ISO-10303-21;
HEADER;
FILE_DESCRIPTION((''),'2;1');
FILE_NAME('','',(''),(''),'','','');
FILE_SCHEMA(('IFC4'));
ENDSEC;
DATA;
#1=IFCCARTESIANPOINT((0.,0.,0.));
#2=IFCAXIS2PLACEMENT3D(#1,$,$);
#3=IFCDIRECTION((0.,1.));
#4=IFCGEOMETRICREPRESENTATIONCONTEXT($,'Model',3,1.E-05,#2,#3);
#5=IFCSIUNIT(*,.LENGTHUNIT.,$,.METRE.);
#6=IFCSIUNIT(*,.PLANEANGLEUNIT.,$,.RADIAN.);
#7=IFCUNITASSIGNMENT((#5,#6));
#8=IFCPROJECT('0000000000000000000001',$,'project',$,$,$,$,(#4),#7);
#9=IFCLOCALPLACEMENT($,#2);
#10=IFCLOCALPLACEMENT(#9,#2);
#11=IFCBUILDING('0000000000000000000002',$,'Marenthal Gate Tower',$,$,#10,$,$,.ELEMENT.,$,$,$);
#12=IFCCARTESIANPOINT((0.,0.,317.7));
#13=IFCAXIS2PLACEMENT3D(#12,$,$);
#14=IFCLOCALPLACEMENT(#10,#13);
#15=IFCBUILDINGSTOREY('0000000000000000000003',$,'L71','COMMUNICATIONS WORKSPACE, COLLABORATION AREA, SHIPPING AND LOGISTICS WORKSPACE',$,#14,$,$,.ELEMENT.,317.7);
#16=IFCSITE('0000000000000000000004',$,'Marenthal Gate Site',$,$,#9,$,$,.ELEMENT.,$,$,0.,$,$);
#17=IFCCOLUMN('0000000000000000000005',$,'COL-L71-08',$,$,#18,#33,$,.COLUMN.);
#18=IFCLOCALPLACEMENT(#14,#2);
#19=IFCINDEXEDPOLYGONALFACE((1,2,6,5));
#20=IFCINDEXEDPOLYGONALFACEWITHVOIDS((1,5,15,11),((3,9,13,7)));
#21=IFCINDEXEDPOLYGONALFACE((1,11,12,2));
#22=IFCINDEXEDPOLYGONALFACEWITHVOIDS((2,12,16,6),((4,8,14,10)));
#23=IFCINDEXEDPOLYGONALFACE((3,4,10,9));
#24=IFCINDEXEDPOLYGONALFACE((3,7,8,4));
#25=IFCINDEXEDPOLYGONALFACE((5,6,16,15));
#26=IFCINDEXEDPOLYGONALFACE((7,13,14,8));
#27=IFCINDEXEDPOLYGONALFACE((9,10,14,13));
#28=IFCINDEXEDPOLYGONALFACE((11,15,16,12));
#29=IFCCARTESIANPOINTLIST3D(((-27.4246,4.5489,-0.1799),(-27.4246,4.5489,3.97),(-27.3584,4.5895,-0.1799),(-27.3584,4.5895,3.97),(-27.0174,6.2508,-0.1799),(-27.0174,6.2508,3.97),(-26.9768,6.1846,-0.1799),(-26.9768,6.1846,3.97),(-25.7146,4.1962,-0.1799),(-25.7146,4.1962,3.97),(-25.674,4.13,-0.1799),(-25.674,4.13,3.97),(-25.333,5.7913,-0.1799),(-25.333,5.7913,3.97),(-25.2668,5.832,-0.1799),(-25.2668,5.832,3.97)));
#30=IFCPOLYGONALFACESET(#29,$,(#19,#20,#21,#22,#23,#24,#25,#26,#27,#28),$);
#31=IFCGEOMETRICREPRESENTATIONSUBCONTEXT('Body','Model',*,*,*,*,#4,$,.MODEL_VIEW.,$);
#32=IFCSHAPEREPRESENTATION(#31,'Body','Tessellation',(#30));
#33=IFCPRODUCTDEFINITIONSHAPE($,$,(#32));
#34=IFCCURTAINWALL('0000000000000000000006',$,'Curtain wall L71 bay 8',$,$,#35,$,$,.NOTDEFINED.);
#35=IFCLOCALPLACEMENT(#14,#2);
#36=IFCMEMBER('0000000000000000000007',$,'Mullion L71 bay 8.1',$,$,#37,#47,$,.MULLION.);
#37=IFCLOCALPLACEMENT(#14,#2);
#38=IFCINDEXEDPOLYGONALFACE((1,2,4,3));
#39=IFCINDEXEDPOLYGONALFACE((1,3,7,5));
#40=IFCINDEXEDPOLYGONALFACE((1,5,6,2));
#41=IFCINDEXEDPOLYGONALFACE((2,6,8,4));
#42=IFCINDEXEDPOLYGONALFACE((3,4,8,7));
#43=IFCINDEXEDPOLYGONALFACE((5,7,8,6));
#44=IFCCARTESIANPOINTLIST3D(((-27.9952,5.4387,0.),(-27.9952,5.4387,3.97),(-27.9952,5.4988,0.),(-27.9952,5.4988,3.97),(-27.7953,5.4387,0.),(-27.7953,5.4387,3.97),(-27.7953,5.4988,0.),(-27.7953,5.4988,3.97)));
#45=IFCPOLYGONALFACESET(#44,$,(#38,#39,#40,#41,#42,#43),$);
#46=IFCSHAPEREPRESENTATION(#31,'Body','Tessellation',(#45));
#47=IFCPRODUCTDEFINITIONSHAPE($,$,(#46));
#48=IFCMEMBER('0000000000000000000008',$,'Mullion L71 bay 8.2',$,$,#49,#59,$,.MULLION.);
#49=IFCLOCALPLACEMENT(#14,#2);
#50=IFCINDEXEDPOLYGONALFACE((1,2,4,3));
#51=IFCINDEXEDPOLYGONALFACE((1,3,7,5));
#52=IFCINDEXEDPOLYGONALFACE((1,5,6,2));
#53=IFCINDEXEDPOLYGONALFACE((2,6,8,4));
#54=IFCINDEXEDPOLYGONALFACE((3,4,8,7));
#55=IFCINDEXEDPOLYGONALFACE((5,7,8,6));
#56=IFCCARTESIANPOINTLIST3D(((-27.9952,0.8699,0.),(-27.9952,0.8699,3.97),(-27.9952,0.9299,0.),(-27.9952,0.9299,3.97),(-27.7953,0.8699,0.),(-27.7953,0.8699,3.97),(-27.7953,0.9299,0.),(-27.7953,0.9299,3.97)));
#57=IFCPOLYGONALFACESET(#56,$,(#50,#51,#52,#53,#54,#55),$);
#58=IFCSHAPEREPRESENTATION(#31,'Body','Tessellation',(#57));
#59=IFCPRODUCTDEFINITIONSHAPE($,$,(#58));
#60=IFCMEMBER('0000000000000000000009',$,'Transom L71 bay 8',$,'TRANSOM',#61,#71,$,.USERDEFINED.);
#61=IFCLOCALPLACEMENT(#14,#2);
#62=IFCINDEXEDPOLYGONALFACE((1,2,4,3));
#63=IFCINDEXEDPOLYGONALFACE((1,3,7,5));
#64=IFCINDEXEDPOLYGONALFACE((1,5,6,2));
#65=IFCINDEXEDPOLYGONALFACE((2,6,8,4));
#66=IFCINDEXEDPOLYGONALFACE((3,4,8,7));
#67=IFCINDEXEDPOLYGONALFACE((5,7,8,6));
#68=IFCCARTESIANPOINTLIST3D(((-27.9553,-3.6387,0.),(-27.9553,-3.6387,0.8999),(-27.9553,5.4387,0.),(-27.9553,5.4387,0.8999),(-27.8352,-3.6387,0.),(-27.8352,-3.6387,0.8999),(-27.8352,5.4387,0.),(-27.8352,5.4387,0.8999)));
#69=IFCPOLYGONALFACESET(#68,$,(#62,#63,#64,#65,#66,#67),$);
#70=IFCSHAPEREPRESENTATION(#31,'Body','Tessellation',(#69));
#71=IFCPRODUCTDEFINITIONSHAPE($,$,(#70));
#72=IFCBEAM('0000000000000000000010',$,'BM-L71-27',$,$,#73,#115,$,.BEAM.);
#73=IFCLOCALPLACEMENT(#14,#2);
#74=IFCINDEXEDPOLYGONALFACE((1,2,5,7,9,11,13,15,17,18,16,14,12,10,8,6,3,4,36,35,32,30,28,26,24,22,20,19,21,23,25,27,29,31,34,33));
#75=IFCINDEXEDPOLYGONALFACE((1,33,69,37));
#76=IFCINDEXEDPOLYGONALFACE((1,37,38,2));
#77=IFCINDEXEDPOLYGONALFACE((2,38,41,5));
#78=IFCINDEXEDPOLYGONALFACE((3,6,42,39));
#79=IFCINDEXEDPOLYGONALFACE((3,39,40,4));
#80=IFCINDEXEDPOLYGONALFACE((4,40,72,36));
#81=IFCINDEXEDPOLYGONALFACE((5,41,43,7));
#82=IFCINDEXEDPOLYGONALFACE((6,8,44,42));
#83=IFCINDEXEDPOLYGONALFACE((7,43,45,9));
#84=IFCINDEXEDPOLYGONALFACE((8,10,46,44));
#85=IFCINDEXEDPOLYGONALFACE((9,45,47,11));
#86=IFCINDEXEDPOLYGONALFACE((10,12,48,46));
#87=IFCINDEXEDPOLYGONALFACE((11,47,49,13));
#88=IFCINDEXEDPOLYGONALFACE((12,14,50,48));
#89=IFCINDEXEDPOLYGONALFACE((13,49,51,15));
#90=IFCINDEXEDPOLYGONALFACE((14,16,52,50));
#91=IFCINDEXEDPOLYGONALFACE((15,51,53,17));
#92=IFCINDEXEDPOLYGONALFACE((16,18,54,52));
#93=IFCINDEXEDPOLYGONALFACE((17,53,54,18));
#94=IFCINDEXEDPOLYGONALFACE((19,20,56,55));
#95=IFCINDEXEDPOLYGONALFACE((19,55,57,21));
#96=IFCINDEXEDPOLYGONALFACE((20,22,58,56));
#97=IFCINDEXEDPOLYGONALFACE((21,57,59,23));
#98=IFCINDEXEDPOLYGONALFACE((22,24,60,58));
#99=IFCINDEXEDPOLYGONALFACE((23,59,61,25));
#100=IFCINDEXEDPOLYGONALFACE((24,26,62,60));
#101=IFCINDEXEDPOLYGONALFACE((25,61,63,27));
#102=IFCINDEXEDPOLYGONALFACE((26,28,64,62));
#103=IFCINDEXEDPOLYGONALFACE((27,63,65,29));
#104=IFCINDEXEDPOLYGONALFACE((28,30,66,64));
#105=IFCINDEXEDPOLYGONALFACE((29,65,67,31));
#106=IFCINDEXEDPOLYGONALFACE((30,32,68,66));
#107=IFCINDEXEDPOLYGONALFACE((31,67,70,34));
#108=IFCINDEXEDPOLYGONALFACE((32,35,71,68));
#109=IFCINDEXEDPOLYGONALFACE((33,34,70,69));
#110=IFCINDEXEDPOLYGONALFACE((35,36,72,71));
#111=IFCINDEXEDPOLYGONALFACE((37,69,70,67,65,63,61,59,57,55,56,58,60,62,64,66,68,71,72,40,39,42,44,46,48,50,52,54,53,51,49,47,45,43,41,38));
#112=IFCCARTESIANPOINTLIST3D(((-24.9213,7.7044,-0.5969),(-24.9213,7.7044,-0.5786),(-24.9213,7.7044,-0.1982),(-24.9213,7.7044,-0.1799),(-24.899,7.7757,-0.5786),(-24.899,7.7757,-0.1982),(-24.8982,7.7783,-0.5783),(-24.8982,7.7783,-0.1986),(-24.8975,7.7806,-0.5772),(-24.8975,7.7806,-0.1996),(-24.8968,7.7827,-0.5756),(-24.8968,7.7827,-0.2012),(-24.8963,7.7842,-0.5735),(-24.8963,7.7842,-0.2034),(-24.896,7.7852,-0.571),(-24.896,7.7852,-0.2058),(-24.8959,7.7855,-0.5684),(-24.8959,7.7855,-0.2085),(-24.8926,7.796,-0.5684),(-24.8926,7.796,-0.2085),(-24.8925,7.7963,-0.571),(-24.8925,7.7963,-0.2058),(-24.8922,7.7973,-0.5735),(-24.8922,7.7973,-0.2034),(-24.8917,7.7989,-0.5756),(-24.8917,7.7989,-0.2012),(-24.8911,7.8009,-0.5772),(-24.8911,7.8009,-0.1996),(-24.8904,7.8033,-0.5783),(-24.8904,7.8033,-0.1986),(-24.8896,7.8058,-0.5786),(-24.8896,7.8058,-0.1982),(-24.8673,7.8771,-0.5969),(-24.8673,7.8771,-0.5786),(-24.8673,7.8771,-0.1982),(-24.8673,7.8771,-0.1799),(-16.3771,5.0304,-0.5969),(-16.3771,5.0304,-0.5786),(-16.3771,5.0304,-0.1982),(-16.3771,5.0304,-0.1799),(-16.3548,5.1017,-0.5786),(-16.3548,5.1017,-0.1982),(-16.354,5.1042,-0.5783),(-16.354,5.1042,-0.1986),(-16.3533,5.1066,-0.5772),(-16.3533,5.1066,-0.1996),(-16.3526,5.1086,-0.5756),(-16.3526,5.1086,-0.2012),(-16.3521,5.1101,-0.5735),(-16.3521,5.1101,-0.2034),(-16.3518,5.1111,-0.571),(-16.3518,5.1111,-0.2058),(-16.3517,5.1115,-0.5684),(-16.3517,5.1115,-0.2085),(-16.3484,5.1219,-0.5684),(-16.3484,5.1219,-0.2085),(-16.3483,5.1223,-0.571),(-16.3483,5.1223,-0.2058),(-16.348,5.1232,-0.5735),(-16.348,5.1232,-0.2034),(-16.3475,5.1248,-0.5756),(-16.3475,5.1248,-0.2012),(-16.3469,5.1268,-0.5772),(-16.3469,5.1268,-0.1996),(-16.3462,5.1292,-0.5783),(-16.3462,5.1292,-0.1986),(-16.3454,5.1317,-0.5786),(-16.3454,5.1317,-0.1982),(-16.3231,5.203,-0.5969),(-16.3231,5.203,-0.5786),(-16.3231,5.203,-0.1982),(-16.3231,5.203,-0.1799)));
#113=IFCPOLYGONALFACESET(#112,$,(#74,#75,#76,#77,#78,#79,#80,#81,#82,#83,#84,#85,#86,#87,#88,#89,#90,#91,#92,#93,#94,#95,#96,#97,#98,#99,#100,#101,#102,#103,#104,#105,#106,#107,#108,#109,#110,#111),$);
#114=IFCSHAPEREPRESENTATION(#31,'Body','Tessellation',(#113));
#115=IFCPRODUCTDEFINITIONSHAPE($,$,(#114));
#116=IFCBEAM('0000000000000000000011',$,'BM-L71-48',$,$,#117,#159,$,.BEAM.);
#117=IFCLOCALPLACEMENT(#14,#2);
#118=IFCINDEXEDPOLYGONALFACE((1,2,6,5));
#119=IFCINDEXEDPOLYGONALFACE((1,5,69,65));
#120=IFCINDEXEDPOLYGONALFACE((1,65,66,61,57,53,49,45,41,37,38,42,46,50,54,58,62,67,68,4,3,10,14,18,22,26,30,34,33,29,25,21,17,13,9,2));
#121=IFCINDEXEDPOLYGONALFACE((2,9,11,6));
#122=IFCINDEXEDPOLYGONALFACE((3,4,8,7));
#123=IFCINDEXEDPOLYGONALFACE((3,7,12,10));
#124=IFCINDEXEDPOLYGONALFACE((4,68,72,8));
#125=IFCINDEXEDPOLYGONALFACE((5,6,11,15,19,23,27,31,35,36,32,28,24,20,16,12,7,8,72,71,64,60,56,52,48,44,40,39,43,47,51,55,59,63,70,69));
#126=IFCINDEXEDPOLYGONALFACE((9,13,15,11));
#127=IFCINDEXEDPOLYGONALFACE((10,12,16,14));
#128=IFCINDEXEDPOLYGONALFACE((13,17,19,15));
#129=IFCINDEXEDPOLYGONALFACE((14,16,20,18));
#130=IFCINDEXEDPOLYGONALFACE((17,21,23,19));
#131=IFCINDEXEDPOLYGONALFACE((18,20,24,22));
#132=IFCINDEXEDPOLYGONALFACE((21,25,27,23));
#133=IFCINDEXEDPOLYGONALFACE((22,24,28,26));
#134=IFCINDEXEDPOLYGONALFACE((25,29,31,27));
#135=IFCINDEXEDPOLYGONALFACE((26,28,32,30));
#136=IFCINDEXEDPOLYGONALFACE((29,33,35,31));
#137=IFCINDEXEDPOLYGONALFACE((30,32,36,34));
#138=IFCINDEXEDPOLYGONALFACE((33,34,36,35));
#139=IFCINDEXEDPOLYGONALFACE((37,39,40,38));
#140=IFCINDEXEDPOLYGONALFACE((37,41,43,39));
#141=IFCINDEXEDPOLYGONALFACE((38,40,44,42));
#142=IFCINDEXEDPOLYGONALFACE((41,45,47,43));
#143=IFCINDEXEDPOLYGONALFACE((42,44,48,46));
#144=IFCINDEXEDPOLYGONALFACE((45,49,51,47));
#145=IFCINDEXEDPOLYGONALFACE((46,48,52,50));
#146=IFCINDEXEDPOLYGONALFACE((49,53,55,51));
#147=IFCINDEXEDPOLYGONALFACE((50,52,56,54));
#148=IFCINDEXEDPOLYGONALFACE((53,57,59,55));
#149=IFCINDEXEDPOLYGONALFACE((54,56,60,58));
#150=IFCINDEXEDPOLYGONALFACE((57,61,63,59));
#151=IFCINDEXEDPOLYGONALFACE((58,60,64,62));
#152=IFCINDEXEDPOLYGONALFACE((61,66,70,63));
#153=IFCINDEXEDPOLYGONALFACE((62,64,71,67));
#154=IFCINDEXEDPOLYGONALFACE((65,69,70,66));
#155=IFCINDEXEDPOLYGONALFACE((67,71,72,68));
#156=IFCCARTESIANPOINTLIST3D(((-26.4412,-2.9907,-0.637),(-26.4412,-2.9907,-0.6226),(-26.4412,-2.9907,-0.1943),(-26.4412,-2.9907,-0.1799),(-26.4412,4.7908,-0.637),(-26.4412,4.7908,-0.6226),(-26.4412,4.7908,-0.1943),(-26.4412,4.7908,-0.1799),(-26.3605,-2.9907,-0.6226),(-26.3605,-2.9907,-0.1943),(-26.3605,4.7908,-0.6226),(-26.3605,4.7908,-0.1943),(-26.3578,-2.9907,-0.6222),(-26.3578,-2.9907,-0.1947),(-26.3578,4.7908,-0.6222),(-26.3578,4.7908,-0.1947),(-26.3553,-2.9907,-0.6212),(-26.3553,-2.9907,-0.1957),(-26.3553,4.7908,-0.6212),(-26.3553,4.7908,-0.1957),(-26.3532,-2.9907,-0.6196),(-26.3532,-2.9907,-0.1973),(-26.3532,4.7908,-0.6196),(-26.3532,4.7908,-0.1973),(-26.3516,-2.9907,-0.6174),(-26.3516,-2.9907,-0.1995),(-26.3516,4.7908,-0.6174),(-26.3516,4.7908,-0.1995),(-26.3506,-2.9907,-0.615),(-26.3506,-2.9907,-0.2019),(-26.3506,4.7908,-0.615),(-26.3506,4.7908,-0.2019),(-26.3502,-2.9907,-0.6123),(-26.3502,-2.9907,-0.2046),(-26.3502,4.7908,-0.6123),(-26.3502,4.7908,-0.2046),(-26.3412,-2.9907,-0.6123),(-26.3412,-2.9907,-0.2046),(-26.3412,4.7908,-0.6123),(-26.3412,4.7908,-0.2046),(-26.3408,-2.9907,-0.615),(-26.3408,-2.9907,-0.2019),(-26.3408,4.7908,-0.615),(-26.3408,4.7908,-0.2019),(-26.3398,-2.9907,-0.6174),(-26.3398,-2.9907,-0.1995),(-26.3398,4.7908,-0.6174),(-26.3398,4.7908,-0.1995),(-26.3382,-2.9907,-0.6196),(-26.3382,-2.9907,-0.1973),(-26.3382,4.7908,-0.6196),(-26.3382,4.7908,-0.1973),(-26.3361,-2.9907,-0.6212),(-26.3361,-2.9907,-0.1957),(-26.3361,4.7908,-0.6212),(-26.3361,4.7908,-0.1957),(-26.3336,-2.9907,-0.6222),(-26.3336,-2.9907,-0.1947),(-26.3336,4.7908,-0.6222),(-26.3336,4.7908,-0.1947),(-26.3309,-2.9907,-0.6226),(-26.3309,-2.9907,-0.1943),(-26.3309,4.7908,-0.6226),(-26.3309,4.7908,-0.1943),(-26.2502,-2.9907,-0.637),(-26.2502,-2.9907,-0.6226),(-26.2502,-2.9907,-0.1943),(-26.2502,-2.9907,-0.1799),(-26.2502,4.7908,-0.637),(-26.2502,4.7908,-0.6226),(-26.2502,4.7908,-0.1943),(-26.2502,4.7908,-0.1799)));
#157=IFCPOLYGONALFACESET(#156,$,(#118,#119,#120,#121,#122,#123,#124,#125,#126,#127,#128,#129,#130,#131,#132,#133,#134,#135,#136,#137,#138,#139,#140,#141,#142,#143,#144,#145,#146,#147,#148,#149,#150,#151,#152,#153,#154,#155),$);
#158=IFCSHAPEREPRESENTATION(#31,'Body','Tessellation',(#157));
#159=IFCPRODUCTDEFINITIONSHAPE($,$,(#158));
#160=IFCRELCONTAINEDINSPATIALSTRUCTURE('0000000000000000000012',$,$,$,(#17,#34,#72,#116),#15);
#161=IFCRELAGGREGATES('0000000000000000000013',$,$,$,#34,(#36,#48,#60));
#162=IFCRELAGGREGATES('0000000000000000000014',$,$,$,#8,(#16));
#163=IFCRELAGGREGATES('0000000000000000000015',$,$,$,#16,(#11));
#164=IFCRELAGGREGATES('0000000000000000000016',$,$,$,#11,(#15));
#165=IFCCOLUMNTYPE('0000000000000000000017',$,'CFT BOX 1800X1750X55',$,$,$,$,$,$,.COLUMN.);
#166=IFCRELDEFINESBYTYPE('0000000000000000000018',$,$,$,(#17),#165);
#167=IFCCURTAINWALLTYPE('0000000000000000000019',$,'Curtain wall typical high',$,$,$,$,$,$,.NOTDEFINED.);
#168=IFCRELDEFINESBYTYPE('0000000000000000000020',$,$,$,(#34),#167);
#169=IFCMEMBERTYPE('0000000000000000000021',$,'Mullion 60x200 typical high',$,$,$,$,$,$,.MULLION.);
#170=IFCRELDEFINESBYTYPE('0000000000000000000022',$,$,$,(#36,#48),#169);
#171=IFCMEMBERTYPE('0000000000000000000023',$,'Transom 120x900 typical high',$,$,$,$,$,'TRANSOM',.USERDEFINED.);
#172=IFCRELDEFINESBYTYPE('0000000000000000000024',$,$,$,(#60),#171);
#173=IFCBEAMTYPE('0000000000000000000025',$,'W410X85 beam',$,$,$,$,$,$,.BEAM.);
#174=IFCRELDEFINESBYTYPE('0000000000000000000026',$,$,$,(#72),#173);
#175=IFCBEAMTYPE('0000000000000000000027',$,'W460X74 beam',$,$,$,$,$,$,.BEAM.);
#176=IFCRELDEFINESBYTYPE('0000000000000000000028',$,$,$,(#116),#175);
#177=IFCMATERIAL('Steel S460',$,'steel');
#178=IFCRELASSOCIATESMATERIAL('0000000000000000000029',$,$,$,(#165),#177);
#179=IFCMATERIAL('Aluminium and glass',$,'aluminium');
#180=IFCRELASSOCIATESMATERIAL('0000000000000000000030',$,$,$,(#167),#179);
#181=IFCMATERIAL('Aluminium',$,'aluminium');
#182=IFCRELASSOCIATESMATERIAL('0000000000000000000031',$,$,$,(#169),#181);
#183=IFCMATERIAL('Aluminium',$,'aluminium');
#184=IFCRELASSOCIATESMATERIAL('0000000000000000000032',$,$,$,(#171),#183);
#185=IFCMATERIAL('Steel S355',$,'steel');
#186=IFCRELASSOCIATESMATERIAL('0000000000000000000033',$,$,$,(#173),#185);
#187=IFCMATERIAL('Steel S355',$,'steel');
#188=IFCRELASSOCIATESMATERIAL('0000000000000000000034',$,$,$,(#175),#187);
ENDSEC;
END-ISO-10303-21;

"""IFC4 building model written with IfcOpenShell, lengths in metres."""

from ifc_helpers import new_model, si_unit, direction, frame, origin, origin_2d, place, context, subcontext, project, spatial, rectangle, hollow_rectangle, i_section, extrude, material, material_profile, profile_set, type_object, element, aggregate, save


model = new_model("IFC4")

# Units and contexts
model_context = context("Model", 3, precision=1e-05, world=origin(), true_north=direction((0.0, 1.0)))
body_context = subcontext(model_context, "Body", "Model", "MODEL_VIEW")
ifc_project = project(units=[si_unit("LENGTHUNIT", "METRE"), si_unit("PLANEANGLEUNIT", "RADIAN")], contexts=[model_context])

# Site, building, storey
site_placement = place(None, origin())
site = spatial("IfcSite", under=ifc_project, at=site_placement, Name="Marenthal Gate Site", CompositionType="ELEMENT", RefElevation=0.0)
building_placement = place(site_placement, origin())
building = spatial("IfcBuilding", under=site, at=building_placement, Name="Marenthal Gate Tower", CompositionType="ELEMENT")
storey_placement = place(building_placement, frame((0.0, 0.0, 317.7)))
storey = spatial("IfcBuildingStorey", under=building, at=storey_placement, Name="L71", Description="COMMUNICATIONS WORKSPACE, COLLABORATION AREA, SHIPPING AND LOGISTICS WORKSPACE", CompositionType="ELEMENT", Elevation=317.7)

# Column
ifc_material_1 = material(Name="Steel S460", Category="steel")
ifc_material_profile_1 = material_profile(ifc_material_1, hollow_rectangle(XDim=1.75, YDim=1.8, WallThickness=0.0549, at=origin_2d()), Name="CFT BOX 1800X1750X55")
ifc_material_2 = material(Name="Concrete 70 MPa", Category="concrete")
ifc_material_profile_2 = material_profile(ifc_material_2, rectangle(XDim=1.6399, YDim=1.6899, at=origin_2d()), Name="CFT BOX 1800X1750X55 INFILL")
ifc_profile_set_1 = profile_set([ifc_material_profile_1, ifc_material_profile_2], Name="Steel S460 shell, Concrete 70 MPa infill")
column_type = type_object("IfcColumnType", Name="CFT BOX 1800X1750X55", PredefinedType="COLUMN", material=ifc_profile_set_1)
column_placement = place(storey_placement, frame((-26.3457, 5.1904, -0.1799), z_axis=(0.0, 0.0, 1.0), x_axis=(0.232702, 0.972548, 0.0)))
element("IfcColumn", 1, at=column_placement, inside=storey, type_object=column_type, Name="COL-L71-08", PredefinedType="COLUMN", context=body_context, shape_type="SweptSolid", body=[
    extrude(hollow_rectangle(XDim=1.75, YDim=1.8, WallThickness=0.0549, at=origin_2d()), origin(), (0.0, 0.0, 1.0), 4.1499),
])

# Curtain wall, members
ifc_material_3 = material(Name="Aluminium and glass", Category="aluminium")
curtain_wall_type = type_object("IfcCurtainWallType", Name="Curtain wall typical high", PredefinedType="NOTDEFINED", material=ifc_material_3)
curtain_wall_placement = place(storey_placement, origin())
curtain_wall = element("IfcCurtainWall", 2, at=curtain_wall_placement, inside=storey, type_object=curtain_wall_type, Name="Curtain wall L71 bay 8", PredefinedType="NOTDEFINED")
ifc_material_4 = material(Name="Aluminium", Category="aluminium")
ifc_material_profile_3 = material_profile(ifc_material_4, rectangle(XDim=0.2, YDim=0.0601, at=origin_2d()), Name="60x200 aluminium mullion")
ifc_profile_set_2 = profile_set([ifc_material_profile_3], Name="Aluminium")
member_type_1 = type_object("IfcMemberType", Name="Mullion 60x200 typical high", PredefinedType="MULLION", material=ifc_profile_set_2)
member_1_placement = place(storey_placement, frame((-27.8953, 5.4688, 0.0), z_axis=(0.0, 0.0, 1.0), x_axis=(1.0, 0.0, 0.0)))
member_1 = element("IfcMember", 3, at=member_1_placement, type_object=member_type_1, Name="Mullion L71 bay 8.1", PredefinedType="MULLION", context=body_context, shape_type="SweptSolid", body=[
    extrude(rectangle(XDim=0.2, YDim=0.0601, at=origin_2d()), origin(), (0.0, 0.0, 1.0), 3.97),
])
member_2_placement = place(storey_placement, frame((-27.8953, 0.8999, 0.0), z_axis=(0.0, 0.0, 1.0), x_axis=(1.0, 0.0, 0.0)))
member_2 = element("IfcMember", 4, at=member_2_placement, type_object=member_type_1, Name="Mullion L71 bay 8.2", PredefinedType="MULLION", context=body_context, shape_type="SweptSolid", body=[
    extrude(rectangle(XDim=0.2, YDim=0.0601, at=origin_2d()), origin(), (0.0, 0.0, 1.0), 3.97),
])
ifc_material_5 = material(Name="Aluminium", Category="aluminium")
ifc_material_profile_4 = material_profile(ifc_material_5, rectangle(XDim=0.1201, YDim=0.8999, at=origin_2d()), Name="120x900 aluminium transom")
ifc_profile_set_3 = profile_set([ifc_material_profile_4], Name="Aluminium")
member_type_2 = type_object("IfcMemberType", Name="Transom 120x900 typical high", ElementType="TRANSOM", PredefinedType="USERDEFINED", material=ifc_profile_set_3)
member_3_placement = place(storey_placement, frame((-27.8953, 5.4387, 0.45), z_axis=(0.0, -1.0, 0.0), x_axis=(1.0, 0.0, 0.0)))
member_3 = element("IfcMember", 5, at=member_3_placement, type_object=member_type_2, Name="Transom L71 bay 8", ObjectType="TRANSOM", PredefinedType="USERDEFINED", context=body_context, shape_type="SweptSolid", body=[
    extrude(rectangle(XDim=0.1201, YDim=0.8999, at=origin_2d()), origin(), (0.0, 0.0, 1.0), 9.0774),
])

# Beams
ifc_material_6 = material(Name="Steel S355", Category="steel")
ifc_material_profile_5 = material_profile(ifc_material_6, i_section(OverallWidth=0.1809, OverallDepth=0.417, WebThickness=0.011, FlangeThickness=0.0183, FilletRadius=0.0103, at=origin_2d()), Name="W410X85")
ifc_profile_set_4 = profile_set([ifc_material_profile_5], Name="Steel S355")
beam_type_1 = type_object("IfcBeamType", Name="W410X85 beam", PredefinedType="BEAM", material=ifc_profile_set_4)
beam_1_placement = place(storey_placement, frame((-24.8943, 7.7908, -0.3884), z_axis=(0.954352, -0.298683, 0.0), x_axis=(0.298683, 0.954352, 0.0)))
element("IfcBeam", 6, at=beam_1_placement, inside=storey, type_object=beam_type_1, Name="BM-L71-27", PredefinedType="BEAM", context=body_context, shape_type="SweptSolid", body=[
    extrude(i_section(OverallWidth=0.1809, OverallDepth=0.417, WebThickness=0.011, FlangeThickness=0.0183, FilletRadius=0.0103, at=origin_2d()), origin(), (0.0, 0.0, 1.0), 8.9529),
])
ifc_material_7 = material(Name="Steel S355", Category="steel")
ifc_material_profile_6 = material_profile(ifc_material_7, i_section(OverallWidth=0.1909, OverallDepth=0.457, WebThickness=0.009, FlangeThickness=0.0144, FilletRadius=0.0103, at=origin_2d()), Name="W460X74")
ifc_profile_set_5 = profile_set([ifc_material_profile_6], Name="Steel S355")
beam_type_2 = type_object("IfcBeamType", Name="W460X74 beam", PredefinedType="BEAM", material=ifc_profile_set_5)
beam_2_placement = place(storey_placement, frame((-26.3457, 4.7908, -0.4084), z_axis=(0.0, -1.0, 0.0), x_axis=(1.0, 0.0, 0.0)))
element("IfcBeam", 7, at=beam_2_placement, inside=storey, type_object=beam_type_2, Name="BM-L71-48", PredefinedType="BEAM", context=body_context, shape_type="SweptSolid", body=[
    extrude(i_section(OverallWidth=0.1909, OverallDepth=0.457, WebThickness=0.009, FlangeThickness=0.0144, FilletRadius=0.0103, at=origin_2d()), origin(), (0.0, 0.0, 1.0), 7.7815),
])

aggregate(curtain_wall, [member_1, member_2, member_3])

save(model, "model.ifc")
